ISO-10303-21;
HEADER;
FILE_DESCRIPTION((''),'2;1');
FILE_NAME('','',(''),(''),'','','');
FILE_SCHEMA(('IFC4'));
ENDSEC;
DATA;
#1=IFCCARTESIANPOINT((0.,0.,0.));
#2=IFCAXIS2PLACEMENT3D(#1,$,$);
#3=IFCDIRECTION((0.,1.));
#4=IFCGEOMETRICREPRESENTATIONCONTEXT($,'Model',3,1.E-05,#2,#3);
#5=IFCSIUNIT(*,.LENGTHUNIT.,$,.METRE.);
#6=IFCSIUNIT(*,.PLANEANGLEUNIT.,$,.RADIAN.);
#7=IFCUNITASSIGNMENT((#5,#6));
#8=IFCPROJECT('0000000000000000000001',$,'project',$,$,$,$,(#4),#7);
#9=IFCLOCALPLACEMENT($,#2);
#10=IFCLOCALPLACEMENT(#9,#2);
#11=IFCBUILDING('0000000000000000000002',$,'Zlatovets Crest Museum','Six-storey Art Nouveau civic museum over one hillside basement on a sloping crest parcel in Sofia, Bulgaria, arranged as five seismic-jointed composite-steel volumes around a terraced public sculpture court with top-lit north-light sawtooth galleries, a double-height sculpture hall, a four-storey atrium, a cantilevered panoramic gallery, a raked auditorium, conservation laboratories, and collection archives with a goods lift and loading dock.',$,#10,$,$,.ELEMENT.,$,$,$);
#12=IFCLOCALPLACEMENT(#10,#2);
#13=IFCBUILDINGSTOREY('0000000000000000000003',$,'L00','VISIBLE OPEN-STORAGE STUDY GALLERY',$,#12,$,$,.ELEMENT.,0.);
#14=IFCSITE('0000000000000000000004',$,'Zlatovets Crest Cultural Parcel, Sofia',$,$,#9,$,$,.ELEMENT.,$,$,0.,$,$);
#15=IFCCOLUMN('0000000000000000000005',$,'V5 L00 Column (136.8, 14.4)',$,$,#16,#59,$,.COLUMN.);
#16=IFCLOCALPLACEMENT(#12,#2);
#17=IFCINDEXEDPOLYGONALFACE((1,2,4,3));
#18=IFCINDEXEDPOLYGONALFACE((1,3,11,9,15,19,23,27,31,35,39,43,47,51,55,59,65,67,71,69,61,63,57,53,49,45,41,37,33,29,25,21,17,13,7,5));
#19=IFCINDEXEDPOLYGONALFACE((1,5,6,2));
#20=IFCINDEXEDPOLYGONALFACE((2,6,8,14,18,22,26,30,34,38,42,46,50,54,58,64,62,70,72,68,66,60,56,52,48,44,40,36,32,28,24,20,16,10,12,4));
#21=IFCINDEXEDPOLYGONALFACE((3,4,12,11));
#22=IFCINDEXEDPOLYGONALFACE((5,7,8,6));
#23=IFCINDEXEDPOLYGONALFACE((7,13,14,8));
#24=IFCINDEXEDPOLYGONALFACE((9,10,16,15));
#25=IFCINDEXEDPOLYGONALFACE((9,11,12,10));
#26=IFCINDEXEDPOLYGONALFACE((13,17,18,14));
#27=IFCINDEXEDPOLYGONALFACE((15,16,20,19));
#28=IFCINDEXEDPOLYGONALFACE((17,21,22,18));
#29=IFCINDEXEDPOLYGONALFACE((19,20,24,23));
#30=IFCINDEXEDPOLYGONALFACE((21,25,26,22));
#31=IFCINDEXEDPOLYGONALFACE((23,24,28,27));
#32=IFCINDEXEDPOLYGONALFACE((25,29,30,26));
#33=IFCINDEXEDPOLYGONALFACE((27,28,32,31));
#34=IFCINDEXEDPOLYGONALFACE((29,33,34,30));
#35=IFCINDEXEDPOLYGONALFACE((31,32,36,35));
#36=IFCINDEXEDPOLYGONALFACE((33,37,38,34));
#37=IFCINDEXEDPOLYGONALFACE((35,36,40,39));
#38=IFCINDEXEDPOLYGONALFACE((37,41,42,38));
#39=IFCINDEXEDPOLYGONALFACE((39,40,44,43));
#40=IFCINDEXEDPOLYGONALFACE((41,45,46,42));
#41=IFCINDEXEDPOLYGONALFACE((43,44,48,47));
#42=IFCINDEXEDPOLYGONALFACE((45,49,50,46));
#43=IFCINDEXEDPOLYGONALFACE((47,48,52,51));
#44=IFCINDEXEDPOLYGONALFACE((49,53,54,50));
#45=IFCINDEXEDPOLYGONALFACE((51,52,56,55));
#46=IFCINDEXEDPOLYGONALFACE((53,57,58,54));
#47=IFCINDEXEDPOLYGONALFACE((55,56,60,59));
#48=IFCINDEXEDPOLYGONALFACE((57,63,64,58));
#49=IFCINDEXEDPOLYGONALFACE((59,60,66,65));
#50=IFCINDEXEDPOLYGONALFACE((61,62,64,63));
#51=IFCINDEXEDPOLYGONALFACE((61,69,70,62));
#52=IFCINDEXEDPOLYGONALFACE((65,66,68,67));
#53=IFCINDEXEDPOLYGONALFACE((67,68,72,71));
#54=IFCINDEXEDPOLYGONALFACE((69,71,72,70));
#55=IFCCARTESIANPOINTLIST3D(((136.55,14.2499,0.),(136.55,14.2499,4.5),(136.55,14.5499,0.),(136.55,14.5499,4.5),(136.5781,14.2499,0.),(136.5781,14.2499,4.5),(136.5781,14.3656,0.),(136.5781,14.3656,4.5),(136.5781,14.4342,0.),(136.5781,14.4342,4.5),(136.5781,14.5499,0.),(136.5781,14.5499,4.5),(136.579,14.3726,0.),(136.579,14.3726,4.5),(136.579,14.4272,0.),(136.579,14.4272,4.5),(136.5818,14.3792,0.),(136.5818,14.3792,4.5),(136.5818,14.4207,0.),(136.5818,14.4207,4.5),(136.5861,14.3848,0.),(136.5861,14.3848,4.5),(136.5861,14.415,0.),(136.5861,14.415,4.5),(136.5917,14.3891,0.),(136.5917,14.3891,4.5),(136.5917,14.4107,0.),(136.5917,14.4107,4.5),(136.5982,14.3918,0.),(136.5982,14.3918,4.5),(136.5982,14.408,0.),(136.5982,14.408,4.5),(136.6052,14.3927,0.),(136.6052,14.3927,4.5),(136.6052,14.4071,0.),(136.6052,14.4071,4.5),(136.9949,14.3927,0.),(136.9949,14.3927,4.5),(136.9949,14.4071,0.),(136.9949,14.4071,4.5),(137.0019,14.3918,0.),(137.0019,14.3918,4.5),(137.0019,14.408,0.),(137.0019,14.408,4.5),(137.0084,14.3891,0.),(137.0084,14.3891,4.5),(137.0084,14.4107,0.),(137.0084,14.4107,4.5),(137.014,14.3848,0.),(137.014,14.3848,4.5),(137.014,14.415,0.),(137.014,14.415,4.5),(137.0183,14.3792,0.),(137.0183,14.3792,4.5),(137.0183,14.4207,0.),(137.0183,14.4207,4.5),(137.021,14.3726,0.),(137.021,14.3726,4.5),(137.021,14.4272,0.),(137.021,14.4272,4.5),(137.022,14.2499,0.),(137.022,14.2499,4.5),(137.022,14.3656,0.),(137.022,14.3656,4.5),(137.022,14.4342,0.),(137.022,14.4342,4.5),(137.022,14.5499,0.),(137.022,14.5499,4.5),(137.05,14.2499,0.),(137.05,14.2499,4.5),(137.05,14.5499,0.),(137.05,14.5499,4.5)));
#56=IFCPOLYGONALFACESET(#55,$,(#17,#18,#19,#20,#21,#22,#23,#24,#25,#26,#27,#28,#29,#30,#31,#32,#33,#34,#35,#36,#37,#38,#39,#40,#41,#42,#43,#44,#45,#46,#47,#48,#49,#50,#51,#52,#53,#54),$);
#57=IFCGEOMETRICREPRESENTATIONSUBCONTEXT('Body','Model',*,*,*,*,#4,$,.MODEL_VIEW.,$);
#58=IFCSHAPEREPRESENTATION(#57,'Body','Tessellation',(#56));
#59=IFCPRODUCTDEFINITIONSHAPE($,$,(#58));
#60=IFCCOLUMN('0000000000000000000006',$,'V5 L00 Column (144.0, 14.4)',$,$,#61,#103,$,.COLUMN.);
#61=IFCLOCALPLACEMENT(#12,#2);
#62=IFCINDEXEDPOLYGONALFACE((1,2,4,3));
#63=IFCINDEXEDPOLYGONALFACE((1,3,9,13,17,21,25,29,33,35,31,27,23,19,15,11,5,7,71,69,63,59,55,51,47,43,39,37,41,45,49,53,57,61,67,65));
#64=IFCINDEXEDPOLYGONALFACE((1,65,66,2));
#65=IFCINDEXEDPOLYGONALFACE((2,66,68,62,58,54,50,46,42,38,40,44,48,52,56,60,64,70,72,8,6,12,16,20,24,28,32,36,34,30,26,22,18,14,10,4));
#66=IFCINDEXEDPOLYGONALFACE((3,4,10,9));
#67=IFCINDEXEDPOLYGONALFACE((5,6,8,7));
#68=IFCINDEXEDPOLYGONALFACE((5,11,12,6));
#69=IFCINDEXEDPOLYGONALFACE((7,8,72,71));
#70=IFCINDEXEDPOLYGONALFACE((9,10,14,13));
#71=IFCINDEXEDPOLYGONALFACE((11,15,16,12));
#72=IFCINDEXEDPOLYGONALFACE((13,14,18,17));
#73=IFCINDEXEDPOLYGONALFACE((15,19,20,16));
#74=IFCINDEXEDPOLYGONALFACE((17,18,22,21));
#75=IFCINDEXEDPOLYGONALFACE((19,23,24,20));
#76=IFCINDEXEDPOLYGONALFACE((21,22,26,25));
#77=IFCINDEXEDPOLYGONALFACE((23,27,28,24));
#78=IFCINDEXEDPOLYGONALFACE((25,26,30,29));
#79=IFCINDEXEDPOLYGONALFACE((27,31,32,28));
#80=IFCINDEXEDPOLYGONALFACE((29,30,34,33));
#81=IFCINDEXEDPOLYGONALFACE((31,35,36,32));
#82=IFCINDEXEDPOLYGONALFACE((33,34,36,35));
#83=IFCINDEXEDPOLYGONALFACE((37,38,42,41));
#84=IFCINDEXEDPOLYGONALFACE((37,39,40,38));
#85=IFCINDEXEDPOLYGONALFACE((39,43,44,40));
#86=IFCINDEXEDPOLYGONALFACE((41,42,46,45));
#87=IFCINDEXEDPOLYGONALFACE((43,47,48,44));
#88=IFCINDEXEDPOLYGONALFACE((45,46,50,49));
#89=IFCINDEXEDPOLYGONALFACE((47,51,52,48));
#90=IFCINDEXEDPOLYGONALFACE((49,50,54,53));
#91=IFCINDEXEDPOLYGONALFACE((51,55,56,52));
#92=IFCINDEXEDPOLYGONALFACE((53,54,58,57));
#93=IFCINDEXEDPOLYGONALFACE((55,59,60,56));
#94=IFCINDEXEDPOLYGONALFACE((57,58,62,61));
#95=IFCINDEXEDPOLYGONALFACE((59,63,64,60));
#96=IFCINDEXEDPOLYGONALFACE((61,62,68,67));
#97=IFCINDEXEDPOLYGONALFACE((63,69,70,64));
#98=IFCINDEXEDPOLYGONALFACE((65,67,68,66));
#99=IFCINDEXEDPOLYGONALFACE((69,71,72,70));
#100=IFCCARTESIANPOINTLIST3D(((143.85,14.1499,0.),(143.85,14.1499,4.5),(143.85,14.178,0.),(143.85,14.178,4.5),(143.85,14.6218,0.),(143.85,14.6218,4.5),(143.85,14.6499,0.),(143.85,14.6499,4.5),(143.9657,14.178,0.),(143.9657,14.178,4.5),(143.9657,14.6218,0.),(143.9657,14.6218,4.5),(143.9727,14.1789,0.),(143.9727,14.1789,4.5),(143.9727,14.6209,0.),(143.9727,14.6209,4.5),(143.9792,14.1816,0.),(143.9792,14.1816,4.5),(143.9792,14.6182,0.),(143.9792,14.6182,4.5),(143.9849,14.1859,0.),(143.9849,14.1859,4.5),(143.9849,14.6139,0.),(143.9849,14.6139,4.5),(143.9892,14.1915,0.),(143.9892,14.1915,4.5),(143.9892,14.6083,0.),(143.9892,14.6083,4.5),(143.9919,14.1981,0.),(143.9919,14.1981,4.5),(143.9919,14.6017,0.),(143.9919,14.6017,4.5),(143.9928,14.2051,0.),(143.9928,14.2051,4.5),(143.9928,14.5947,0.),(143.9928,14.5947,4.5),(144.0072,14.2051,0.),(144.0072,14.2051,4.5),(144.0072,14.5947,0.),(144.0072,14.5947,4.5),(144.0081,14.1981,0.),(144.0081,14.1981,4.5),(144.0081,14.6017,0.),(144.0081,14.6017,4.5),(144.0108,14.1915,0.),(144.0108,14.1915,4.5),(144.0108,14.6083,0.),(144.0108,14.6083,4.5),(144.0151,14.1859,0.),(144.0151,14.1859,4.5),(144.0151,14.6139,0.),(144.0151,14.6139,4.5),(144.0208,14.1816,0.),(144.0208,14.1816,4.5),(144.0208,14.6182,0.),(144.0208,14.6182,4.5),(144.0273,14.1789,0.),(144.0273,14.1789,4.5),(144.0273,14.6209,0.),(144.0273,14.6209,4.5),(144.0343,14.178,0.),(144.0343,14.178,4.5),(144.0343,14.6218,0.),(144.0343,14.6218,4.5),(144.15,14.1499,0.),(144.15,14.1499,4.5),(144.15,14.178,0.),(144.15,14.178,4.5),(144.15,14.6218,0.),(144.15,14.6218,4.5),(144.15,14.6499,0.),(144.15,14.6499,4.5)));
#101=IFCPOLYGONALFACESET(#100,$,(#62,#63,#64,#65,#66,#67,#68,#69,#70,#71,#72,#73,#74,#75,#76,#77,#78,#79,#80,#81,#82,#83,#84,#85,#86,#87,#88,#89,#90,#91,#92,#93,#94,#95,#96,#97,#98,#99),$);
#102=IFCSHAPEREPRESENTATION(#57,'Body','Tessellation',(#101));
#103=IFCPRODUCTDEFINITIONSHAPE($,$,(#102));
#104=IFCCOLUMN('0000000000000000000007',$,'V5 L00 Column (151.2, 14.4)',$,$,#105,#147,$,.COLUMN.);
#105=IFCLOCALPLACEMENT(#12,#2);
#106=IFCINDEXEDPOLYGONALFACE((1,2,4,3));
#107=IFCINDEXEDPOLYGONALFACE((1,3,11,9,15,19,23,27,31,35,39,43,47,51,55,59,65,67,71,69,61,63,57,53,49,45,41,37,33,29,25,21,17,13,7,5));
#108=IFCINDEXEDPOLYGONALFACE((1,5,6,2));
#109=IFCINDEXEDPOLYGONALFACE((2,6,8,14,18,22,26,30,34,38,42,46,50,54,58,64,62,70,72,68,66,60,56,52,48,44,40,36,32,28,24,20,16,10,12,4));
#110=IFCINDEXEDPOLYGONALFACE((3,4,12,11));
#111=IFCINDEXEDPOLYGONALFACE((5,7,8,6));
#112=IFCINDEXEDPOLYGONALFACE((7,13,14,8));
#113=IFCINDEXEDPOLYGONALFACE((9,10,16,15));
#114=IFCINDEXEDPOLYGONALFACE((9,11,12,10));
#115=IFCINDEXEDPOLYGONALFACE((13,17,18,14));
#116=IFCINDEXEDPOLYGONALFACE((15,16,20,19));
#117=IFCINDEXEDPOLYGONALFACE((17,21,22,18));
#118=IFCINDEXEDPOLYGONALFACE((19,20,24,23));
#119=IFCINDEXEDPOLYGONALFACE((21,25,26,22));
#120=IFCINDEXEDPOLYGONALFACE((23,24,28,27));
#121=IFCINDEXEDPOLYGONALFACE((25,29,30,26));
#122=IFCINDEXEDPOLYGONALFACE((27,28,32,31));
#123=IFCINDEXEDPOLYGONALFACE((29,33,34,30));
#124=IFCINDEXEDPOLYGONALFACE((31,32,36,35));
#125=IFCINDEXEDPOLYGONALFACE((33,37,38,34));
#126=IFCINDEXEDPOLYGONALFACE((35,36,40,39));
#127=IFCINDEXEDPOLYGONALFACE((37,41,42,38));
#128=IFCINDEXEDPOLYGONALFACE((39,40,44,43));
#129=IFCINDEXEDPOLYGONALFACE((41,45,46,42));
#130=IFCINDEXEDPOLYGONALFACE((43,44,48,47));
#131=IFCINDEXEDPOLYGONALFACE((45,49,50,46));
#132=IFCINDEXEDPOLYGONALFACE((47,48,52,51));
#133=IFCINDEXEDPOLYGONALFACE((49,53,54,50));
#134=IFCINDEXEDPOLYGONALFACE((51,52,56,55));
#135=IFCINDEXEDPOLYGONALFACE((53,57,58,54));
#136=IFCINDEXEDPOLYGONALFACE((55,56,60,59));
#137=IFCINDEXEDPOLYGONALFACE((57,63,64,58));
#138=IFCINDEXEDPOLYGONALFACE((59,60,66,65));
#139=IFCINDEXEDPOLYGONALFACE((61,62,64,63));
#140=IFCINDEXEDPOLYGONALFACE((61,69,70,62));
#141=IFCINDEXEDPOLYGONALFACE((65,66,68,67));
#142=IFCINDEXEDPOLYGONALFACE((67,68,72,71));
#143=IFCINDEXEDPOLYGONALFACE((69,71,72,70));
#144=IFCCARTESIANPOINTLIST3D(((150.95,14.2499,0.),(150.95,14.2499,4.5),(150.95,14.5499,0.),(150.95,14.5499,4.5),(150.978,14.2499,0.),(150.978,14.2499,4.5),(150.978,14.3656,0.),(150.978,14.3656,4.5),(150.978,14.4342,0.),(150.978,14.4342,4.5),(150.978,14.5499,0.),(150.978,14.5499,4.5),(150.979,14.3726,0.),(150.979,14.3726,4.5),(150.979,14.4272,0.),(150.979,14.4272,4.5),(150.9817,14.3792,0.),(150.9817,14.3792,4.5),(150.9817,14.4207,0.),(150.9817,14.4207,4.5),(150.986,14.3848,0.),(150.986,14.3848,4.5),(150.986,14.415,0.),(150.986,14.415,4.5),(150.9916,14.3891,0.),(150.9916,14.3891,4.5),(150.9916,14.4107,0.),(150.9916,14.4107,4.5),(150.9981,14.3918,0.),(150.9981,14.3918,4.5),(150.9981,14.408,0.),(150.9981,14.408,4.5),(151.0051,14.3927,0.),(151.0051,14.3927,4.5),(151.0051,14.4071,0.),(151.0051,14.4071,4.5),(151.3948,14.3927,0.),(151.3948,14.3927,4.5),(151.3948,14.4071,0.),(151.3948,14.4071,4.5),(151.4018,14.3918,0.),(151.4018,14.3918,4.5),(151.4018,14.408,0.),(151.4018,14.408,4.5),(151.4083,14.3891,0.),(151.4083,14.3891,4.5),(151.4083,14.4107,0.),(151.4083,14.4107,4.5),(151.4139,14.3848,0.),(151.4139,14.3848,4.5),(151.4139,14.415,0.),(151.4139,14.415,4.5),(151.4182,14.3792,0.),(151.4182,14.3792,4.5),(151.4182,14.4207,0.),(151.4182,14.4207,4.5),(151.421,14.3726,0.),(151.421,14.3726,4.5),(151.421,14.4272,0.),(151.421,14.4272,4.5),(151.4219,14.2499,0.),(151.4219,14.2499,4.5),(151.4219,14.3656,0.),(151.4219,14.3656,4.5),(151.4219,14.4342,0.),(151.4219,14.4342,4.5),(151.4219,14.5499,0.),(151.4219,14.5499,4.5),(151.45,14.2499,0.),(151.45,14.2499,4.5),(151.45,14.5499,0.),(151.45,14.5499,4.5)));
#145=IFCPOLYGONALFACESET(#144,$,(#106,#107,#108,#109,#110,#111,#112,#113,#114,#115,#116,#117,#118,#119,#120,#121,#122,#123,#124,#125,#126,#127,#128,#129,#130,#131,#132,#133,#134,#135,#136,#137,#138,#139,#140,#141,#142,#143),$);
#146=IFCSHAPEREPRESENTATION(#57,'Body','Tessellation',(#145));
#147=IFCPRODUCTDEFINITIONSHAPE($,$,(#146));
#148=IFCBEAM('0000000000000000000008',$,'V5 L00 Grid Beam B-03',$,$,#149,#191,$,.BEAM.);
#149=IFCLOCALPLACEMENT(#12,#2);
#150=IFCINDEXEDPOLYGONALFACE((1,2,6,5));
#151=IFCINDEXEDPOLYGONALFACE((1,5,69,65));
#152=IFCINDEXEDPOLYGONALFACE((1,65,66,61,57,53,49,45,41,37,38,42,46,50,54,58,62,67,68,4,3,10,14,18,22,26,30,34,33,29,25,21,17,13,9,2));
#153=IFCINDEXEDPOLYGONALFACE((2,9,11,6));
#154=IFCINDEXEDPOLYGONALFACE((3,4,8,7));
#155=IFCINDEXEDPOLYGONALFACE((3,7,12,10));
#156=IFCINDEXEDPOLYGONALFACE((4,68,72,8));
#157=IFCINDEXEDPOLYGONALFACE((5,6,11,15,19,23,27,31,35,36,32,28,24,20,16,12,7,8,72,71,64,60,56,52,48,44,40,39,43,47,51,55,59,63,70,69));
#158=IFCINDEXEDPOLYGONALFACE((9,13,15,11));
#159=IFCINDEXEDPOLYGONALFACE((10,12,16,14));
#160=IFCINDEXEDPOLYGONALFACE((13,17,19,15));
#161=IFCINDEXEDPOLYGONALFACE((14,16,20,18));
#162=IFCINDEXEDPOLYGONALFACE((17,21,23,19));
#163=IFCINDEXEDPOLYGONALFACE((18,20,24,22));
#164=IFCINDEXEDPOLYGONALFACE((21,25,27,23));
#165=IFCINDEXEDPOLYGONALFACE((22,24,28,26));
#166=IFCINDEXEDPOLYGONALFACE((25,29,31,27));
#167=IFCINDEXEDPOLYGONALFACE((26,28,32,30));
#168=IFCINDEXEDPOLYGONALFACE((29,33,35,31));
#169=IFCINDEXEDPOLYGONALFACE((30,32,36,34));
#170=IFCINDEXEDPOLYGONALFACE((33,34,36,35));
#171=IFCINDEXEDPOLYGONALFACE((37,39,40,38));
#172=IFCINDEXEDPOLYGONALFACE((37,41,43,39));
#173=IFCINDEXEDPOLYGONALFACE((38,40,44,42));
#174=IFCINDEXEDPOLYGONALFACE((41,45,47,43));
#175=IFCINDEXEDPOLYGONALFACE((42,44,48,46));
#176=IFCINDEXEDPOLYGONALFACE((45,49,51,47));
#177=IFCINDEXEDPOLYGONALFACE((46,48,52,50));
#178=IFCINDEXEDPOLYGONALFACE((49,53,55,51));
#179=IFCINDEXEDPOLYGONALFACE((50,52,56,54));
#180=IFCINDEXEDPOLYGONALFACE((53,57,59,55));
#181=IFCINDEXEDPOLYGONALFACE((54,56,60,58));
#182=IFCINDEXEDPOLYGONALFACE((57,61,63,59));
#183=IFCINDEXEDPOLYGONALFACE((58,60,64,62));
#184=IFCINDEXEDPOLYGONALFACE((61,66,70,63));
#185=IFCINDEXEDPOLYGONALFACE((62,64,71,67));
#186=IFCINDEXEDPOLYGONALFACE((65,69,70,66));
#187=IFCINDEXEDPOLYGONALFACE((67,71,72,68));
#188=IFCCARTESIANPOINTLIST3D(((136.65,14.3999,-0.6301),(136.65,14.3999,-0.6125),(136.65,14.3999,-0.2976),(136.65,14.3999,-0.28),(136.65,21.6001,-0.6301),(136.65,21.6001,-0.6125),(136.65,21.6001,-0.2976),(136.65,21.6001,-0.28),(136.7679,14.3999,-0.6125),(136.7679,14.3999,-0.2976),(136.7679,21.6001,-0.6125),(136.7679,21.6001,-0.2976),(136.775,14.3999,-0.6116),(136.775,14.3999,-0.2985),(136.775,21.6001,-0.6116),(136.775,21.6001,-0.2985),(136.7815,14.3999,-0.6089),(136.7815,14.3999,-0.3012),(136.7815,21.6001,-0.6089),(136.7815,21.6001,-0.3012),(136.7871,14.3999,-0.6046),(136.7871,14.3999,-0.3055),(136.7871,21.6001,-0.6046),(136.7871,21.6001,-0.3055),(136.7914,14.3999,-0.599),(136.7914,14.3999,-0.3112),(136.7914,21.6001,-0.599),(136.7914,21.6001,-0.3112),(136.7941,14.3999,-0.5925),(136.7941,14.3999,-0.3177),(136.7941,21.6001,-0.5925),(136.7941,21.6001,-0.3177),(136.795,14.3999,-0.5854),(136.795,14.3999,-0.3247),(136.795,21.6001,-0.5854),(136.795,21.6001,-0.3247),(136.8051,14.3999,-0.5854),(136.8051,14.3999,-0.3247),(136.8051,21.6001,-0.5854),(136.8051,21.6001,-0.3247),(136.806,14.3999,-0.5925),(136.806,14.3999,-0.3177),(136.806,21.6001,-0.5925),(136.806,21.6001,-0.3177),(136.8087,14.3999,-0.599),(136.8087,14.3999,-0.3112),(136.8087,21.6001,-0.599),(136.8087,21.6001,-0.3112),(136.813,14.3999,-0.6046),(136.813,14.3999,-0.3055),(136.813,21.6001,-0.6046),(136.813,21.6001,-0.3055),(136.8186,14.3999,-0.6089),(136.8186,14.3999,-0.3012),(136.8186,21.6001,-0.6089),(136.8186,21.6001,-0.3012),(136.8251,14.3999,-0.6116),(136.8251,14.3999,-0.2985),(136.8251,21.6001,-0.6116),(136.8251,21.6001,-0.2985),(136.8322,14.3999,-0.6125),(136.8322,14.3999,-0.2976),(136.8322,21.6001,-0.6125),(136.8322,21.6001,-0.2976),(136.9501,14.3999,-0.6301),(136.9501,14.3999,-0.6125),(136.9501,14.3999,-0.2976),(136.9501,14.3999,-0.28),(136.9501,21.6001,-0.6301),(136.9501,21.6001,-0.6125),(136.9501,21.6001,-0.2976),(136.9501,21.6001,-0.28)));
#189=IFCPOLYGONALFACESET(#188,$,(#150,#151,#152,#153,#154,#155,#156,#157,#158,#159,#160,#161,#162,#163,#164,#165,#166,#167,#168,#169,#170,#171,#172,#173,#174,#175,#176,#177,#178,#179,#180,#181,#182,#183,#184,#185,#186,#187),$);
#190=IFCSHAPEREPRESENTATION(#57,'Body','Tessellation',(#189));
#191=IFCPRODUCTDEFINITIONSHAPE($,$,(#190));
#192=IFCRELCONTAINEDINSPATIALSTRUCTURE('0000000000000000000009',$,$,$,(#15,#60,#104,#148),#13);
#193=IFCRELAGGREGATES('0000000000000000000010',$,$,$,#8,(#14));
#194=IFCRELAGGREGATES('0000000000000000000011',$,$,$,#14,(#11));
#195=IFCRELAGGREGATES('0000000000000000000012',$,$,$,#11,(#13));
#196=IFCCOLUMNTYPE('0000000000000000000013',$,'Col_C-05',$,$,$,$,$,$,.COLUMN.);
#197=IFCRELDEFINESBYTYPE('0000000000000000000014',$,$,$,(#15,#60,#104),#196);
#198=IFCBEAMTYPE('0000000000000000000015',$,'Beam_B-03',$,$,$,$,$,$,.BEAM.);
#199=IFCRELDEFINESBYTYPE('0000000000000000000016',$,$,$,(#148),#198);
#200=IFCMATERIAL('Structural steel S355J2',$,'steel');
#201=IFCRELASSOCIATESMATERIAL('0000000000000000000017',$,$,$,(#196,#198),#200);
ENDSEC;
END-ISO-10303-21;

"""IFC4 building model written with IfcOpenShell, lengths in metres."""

from ifc_helpers import new_model, si_unit, direction, frame, origin, origin_2d, place, context, subcontext, project, spatial, i_section, extrude, material, material_profile, profile_set, type_object, element, save


model = new_model("IFC4")

# Units and contexts
model_context = context("Model", 3, precision=1e-05, world=origin(), true_north=direction((0.0, 1.0)))
body_context = subcontext(model_context, "Body", "Model", "MODEL_VIEW")
ifc_project = project(units=[si_unit("LENGTHUNIT", "METRE"), si_unit("PLANEANGLEUNIT", "RADIAN")], contexts=[model_context])

# Site, building, storey
site_placement = place(None, origin())
site = spatial("IfcSite", under=ifc_project, at=site_placement, Name="Zlatovets Crest Cultural Parcel, Sofia", CompositionType="ELEMENT", RefElevation=0.0)
building_placement = place(site_placement, origin())
building = spatial("IfcBuilding", under=site, at=building_placement, Name="Zlatovets Crest Museum", Description="Six-storey Art Nouveau civic museum over one hillside basement on a sloping crest parcel in Sofia, Bulgaria, arranged as five seismic-jointed composite-steel volumes around a terraced public sculpture court with top-lit north-light sawtooth galleries, a double-height sculpture hall, a four-storey atrium, a cantilevered panoramic gallery, a raked auditorium, conservation laboratories, and collection archives with a goods lift and loading dock.", CompositionType="ELEMENT")
storey_placement = place(building_placement, origin())
storey = spatial("IfcBuildingStorey", under=building, at=storey_placement, Name="L00", Description="VISIBLE OPEN-STORAGE STUDY GALLERY", CompositionType="ELEMENT", Elevation=0.0)

# Columns
ifc_material_1 = material(Name="Structural steel S355J2", Category="steel")
ifc_material_profile_1 = material_profile(ifc_material_1, i_section(OverallWidth=0.3, OverallDepth=0.5, WebThickness=0.0144, FlangeThickness=0.0281, FilletRadius=0.0271, at=origin_2d()), Name="HEB 500")
ifc_profile_set_1 = profile_set([ifc_material_profile_1], Name="Structural steel S355J2")
column_type = type_object("IfcColumnType", Name="Col_C-05", PredefinedType="COLUMN", material=ifc_profile_set_1)
for number, where, z_axis, x_axis, name in (
    (1, (136.8, 14.3999, 0.0), (0.0, 0.0, 1.0), (0.0, 1.0, 0.0), "V5 L00 Column (136.8, 14.4)"),
    (2, (144.0, 14.3999, 0.0), (0.0, 0.0, 1.0), (1.0, 0.0, 0.0), "V5 L00 Column (144.0, 14.4)"),
    (3, (151.2, 14.3999, 0.0), (0.0, 0.0, 1.0), (0.0, 1.0, 0.0), "V5 L00 Column (151.2, 14.4)"),
):
    element("IfcColumn", number, at=place(storey_placement, frame(where, z_axis=z_axis, x_axis=x_axis)), inside=storey, type_object=column_type, Name=name, PredefinedType="COLUMN", context=body_context, shape_type="SweptSolid", body=[
        extrude(i_section(OverallWidth=0.3, OverallDepth=0.5, WebThickness=0.0144, FlangeThickness=0.0281, FilletRadius=0.0271, at=origin_2d()), origin(), (0.0, 0.0, 1.0), 4.5),
    ])

# Beam
ifc_material_profile_2 = material_profile(ifc_material_1, i_section(OverallWidth=0.3, OverallDepth=0.3501, WebThickness=0.01, FlangeThickness=0.0176, FilletRadius=0.0271, at=origin_2d()), Name="HEA 360")
ifc_profile_set_2 = profile_set([ifc_material_profile_2], Name="Structural steel S355J2")
beam_type_1 = type_object("IfcBeamType", Name="Beam_B-03", PredefinedType="BEAM", material=ifc_profile_set_2)
for number, where, z_axis, x_axis, name in (
    (4, (136.8, 14.3999, -0.4551), (0.0, 1.0, 0.0), (-1.0, 0.0, 0.0), "V5 L00 Grid Beam B-03"),
):
    element("IfcBeam", number, at=place(storey_placement, frame(where, z_axis=z_axis, x_axis=x_axis)), inside=storey, type_object=beam_type_1, Name=name, PredefinedType="BEAM", context=body_context, shape_type="SweptSolid", body=[
        extrude(i_section(OverallWidth=0.3, OverallDepth=0.3501, WebThickness=0.01, FlangeThickness=0.0176, FilletRadius=0.0271, at=origin_2d()), origin(), (0.0, 0.0, 1.0), 7.2002),
    ])

save(model, "model.ifc")
